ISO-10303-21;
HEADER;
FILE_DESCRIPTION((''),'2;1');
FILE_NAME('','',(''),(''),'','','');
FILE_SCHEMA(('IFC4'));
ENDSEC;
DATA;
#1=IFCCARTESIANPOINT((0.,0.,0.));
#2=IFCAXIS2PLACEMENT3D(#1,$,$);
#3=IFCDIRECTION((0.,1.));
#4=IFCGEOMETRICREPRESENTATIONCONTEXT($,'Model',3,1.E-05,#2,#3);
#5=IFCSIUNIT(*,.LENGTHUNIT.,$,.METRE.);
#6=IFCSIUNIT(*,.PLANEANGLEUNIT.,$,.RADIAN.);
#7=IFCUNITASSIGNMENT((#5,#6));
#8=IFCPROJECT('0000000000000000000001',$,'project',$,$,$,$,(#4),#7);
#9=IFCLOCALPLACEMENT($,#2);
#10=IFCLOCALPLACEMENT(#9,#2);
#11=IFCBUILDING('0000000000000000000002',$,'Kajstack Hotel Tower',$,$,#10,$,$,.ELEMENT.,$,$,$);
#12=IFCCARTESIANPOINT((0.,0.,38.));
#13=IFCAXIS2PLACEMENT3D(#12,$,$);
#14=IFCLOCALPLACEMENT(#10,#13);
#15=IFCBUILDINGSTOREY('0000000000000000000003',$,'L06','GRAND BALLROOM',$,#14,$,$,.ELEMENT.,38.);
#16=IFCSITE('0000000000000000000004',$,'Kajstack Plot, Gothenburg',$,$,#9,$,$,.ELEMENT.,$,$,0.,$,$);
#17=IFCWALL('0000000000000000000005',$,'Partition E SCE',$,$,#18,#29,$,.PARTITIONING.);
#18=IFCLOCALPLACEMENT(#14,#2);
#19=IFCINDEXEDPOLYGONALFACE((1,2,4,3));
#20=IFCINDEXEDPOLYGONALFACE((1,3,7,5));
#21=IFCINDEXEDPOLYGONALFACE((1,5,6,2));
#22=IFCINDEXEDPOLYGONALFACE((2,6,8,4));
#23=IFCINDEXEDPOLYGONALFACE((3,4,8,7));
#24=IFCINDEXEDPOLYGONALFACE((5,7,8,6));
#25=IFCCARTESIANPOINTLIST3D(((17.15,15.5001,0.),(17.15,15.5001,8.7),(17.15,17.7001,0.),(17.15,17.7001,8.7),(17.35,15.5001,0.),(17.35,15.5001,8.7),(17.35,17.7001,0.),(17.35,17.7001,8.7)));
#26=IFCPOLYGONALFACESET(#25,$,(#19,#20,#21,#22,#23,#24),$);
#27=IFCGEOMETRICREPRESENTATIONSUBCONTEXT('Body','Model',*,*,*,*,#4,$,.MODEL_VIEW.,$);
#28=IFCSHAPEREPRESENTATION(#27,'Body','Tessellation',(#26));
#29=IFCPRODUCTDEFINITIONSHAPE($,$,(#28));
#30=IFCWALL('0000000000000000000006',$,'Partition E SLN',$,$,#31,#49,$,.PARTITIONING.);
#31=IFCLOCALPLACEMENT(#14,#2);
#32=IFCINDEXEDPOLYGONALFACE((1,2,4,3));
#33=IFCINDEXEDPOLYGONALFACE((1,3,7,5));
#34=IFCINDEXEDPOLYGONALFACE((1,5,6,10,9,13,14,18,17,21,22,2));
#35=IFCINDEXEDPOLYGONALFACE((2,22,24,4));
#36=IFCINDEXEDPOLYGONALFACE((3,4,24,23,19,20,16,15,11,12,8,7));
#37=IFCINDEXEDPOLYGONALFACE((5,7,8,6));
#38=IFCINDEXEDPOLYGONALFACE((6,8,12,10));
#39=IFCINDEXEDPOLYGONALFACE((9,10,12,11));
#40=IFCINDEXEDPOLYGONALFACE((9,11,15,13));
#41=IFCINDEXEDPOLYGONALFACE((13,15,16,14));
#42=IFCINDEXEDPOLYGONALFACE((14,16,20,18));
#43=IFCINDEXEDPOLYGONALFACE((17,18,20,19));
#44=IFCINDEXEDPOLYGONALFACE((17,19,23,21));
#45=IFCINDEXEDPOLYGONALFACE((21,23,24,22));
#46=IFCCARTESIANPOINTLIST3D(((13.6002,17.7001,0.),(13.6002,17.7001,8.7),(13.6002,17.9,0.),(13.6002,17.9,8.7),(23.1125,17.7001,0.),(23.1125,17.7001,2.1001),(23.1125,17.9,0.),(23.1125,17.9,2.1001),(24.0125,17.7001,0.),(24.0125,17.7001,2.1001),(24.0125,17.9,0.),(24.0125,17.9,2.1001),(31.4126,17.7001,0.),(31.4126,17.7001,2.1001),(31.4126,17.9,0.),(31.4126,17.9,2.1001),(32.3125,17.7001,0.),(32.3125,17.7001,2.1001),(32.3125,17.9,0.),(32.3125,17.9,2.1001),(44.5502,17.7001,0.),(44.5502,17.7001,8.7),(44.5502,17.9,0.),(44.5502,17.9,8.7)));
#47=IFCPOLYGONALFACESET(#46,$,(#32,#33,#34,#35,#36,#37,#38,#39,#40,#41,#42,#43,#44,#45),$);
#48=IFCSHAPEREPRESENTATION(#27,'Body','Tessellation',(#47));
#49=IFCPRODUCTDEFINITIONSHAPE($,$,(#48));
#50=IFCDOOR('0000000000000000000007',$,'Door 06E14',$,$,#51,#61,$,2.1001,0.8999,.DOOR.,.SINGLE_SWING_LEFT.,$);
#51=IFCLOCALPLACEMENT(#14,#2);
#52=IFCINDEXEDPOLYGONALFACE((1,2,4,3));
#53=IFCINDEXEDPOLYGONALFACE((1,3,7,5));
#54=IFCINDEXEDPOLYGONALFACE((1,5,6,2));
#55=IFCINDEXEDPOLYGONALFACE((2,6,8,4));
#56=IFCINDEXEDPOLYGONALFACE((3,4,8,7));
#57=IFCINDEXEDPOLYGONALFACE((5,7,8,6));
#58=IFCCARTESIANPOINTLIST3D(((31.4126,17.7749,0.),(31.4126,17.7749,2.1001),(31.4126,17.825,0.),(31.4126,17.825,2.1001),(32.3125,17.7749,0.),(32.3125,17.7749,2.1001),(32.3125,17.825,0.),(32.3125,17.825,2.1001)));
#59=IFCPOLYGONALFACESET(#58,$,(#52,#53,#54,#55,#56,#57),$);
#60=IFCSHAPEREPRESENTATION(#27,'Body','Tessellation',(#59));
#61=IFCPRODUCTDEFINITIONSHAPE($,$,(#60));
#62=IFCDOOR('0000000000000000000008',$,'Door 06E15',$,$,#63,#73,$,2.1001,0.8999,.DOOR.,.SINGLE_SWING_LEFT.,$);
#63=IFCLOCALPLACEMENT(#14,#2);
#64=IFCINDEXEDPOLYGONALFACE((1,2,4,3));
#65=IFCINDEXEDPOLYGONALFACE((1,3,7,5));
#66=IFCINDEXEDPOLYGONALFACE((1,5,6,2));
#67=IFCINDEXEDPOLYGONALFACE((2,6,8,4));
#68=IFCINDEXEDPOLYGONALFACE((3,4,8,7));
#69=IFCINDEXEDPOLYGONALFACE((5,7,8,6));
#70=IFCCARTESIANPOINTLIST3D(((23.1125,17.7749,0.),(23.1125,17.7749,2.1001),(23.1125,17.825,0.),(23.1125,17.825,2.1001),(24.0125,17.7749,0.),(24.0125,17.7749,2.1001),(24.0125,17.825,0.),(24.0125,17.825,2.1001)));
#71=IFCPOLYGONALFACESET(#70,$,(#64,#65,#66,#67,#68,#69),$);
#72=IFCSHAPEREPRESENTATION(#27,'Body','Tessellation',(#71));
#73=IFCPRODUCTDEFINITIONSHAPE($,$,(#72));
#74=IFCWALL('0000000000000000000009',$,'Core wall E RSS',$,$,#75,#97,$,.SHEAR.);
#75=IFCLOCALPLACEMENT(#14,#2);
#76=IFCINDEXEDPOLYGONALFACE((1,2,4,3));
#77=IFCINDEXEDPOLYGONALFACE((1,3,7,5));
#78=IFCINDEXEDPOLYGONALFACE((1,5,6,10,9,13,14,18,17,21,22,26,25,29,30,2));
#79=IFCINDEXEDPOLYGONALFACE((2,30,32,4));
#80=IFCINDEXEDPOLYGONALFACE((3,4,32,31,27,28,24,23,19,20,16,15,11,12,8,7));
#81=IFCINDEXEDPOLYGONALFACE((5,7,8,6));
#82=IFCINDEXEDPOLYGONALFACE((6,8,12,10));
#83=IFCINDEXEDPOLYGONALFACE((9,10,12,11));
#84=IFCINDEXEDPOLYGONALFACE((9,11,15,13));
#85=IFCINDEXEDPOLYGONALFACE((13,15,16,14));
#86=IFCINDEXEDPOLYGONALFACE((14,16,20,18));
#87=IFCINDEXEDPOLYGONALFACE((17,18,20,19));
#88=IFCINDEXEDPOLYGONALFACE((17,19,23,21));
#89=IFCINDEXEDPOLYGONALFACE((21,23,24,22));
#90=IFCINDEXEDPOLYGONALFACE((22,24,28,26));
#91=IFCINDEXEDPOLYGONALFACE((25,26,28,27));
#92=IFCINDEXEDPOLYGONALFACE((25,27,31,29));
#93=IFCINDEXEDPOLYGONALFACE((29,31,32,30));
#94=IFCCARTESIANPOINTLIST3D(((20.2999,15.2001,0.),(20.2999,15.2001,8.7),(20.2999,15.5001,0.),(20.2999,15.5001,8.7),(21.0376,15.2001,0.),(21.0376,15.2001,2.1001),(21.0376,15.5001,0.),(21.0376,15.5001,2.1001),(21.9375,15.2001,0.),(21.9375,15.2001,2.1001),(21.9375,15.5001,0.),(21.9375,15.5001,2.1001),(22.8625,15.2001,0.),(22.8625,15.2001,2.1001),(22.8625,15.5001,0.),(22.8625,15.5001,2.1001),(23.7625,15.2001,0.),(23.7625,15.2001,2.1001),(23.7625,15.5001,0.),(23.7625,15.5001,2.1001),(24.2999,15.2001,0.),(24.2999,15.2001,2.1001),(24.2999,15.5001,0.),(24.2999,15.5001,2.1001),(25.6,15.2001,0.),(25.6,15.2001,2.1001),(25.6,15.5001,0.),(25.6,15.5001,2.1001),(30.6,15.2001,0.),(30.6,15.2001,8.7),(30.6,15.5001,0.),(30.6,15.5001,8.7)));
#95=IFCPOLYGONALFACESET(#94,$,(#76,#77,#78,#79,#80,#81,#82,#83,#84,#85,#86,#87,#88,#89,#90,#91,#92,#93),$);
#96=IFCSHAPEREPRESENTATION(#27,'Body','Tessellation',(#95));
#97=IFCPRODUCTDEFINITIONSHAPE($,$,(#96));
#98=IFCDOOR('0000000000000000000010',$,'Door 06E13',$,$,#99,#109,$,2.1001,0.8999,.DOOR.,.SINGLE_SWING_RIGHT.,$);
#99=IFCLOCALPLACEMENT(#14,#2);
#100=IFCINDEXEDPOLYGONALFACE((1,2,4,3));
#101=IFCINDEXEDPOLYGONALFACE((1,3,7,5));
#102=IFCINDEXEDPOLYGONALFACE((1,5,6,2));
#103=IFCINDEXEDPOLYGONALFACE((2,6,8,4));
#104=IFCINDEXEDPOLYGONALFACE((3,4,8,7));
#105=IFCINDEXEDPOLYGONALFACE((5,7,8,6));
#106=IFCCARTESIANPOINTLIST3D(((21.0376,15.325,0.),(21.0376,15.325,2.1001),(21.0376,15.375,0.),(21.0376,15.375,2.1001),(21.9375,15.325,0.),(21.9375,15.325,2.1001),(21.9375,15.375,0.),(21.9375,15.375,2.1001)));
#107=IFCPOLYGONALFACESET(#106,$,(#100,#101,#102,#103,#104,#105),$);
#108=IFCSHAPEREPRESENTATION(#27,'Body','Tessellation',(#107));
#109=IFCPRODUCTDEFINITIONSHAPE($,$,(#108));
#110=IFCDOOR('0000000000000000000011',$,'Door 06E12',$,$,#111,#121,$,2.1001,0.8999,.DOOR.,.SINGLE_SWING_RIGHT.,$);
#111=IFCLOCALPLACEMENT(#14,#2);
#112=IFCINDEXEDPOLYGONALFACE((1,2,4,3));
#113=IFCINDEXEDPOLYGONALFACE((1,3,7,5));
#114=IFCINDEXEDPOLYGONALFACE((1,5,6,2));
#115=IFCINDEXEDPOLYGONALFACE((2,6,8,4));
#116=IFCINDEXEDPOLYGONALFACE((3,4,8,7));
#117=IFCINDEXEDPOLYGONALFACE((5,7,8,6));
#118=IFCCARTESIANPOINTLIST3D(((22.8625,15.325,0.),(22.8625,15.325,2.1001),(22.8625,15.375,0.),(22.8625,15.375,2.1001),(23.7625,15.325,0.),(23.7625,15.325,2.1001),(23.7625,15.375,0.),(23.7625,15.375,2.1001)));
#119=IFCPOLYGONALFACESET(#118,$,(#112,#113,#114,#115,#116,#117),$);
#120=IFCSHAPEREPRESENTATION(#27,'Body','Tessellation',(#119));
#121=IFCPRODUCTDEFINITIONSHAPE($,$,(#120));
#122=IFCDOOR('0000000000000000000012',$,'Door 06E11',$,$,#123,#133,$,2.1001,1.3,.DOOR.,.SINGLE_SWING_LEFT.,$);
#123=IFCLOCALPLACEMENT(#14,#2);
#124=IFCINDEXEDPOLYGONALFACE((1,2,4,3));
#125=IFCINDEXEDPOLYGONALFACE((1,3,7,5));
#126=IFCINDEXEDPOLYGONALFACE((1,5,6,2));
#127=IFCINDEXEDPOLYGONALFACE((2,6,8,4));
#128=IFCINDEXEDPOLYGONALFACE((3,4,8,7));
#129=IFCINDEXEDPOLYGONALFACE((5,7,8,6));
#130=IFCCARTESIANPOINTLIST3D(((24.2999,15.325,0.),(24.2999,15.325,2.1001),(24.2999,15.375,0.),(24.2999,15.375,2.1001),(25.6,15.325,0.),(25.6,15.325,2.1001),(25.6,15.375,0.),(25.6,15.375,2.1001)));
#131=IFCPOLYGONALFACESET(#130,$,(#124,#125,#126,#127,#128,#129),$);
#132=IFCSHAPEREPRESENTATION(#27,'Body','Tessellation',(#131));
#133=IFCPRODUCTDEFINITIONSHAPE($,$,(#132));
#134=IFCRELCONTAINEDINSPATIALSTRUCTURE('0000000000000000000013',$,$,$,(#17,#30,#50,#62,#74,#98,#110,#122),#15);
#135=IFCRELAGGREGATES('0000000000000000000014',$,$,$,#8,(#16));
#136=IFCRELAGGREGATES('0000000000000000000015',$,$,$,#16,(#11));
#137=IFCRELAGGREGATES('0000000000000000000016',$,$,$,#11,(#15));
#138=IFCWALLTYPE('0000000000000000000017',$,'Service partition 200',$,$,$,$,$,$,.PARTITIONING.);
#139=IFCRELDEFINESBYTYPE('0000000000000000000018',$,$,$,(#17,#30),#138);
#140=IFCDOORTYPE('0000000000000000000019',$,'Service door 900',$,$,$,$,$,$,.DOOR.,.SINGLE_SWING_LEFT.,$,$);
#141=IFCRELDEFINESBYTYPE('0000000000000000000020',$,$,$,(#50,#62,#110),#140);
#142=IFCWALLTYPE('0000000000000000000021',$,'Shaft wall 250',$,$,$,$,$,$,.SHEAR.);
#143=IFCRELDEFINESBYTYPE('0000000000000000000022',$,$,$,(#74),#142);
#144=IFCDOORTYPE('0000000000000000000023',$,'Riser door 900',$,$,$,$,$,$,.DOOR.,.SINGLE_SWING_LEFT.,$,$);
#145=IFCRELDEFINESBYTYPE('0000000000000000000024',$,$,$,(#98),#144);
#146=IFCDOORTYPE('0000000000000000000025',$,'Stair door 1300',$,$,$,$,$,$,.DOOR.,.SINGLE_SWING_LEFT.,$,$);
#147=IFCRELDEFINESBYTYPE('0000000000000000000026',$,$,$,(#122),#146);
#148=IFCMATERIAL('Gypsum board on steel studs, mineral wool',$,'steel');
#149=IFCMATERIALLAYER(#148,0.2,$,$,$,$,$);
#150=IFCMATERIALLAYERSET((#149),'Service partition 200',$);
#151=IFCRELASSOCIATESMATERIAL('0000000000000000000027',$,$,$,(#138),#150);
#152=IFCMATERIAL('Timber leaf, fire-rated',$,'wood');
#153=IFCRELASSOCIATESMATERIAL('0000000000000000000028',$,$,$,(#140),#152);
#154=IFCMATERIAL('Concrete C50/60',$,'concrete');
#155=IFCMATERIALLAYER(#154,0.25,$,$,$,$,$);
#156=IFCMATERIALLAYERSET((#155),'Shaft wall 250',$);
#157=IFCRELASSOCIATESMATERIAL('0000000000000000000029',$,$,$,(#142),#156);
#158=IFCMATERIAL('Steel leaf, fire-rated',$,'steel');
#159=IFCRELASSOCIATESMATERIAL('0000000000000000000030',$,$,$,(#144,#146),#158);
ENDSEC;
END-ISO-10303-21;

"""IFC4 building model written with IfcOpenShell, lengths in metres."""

from ifc_helpers import new_model, si_unit, direction, frame, frame_2d, origin, place, context, subcontext, project, spatial, rectangle, extrude, material, layer, layer_set, type_object, element, fill, save


model = new_model("IFC4")

# Units and contexts
model_context = context("Model", 3, precision=1e-05, world=origin(), true_north=direction((0.0, 1.0)))
body_context = subcontext(model_context, "Body", "Model", "MODEL_VIEW")
ifc_project = project(units=[si_unit("LENGTHUNIT", "METRE"), si_unit("PLANEANGLEUNIT", "RADIAN")], contexts=[model_context])

# Site, building, storey
site_placement = place(None, origin())
site = spatial("IfcSite", under=ifc_project, at=site_placement, Name="Kajstack Plot, Gothenburg", CompositionType="ELEMENT", RefElevation=0.0)
building_placement = place(site_placement, origin())
building = spatial("IfcBuilding", under=site, at=building_placement, Name="Kajstack Hotel Tower", CompositionType="ELEMENT")
storey_placement = place(building_placement, frame((0.0, 0.0, 38.0)))
storey = spatial("IfcBuildingStorey", under=building, at=storey_placement, Name="L06", Description="GRAND BALLROOM", CompositionType="ELEMENT", Elevation=38.0)

# Wall
ifc_material_1 = material(Name="Gypsum board on steel studs, mineral wool", Category="steel")
ifc_layer_1 = layer(ifc_material_1, 0.2)
ifc_layer_set_1 = layer_set([ifc_layer_1], Name="Service partition 200")
wall_type_1 = type_object("IfcWallType", Name="Service partition 200", PredefinedType="PARTITIONING", material=ifc_layer_set_1)
wall_1_placement = place(storey_placement, frame((17.25, 15.5, 0.0), z_axis=(0.0, 0.0, 1.0), x_axis=(0.0, 1.0, 0.0)))
element("IfcWall", 1, at=wall_1_placement, inside=storey, type_object=wall_type_1, Name="Partition E SCE", PredefinedType="PARTITIONING", context=body_context, shape_type="SweptSolid", body=[
    extrude(rectangle(XDim=2.2, YDim=0.2, at=frame_2d((1.1001, 0.0))), origin(), (0.0, 0.0, 1.0), 8.7),
])

# Walls, openings, doors
wall_2_placement = place(storey_placement, frame((13.6001, 17.8, 0.0), z_axis=(0.0, 0.0, 1.0), x_axis=(1.0, 0.0, 0.0)))
wall_2 = element("IfcWall", 2, at=wall_2_placement, inside=storey, type_object=wall_type_1, Name="Partition E SLN", PredefinedType="PARTITIONING", context=body_context, shape_type="SweptSolid", body=[
    extrude(rectangle(XDim=30.95, YDim=0.2, at=frame_2d((15.4751, 0.0))), origin(), (0.0, 0.0, 1.0), 8.7),
])
opening_1_placement = place(wall_2_placement, frame((17.8125, 0.0, 0.0)))
opening_1 = element("IfcOpeningElement", 3, at=opening_1_placement, cuts=wall_2, PredefinedType="OPENING", context=body_context, shape_type="SweptSolid", body=[
    extrude(rectangle(XDim=0.8999, YDim=2.1001, at=frame_2d((0.45, 1.05))), frame((0.0, 0.1099, 0.0), z_axis=(0.0, -1.0, 0.0), x_axis=(1.0, 0.0, 0.0)), (0.0, 0.0, 1.0), 0.22),
])
opening_2_placement = place(wall_2_placement, frame((9.5125, 0.0, 0.0)))
opening_2 = element("IfcOpeningElement", 4, at=opening_2_placement, cuts=wall_2, PredefinedType="OPENING", context=body_context, shape_type="SweptSolid", body=[
    extrude(rectangle(XDim=0.8999, YDim=2.1001, at=frame_2d((0.45, 1.05))), frame((0.0, 0.1099, 0.0), z_axis=(0.0, -1.0, 0.0), x_axis=(1.0, 0.0, 0.0)), (0.0, 0.0, 1.0), 0.22),
])
ifc_material_2 = material(Name="Timber leaf, fire-rated", Category="wood")
door_type_1 = type_object("IfcDoorType", Name="Service door 900", OperationType="SINGLE_SWING_LEFT", PredefinedType="DOOR", material=ifc_material_2)
door_1_placement = place(opening_1_placement, origin())
door_1 = element("IfcDoor", 5, at=door_1_placement, inside=storey, type_object=door_type_1, Name="Door 06E14", OperationType="SINGLE_SWING_LEFT", OverallHeight=2.1001, OverallWidth=0.8999, PredefinedType="DOOR", context=body_context, shape_type="SweptSolid", body=[
    extrude(rectangle(XDim=0.8999, YDim=2.1001, at=frame_2d((0.45, 1.05))), frame((0.0, 0.0249, 0.0), z_axis=(0.0, -1.0, 0.0), x_axis=(1.0, 0.0, 0.0)), (0.0, 0.0, 1.0), 0.05),
])
fill(opening_1, door_1)
door_2_placement = place(opening_2_placement, origin())
door_2 = element("IfcDoor", 6, at=door_2_placement, inside=storey, type_object=door_type_1, Name="Door 06E15", OperationType="SINGLE_SWING_LEFT", OverallHeight=2.1001, OverallWidth=0.8999, PredefinedType="DOOR", context=body_context, shape_type="SweptSolid", body=[
    extrude(rectangle(XDim=0.8999, YDim=2.1001, at=frame_2d((0.45, 1.05))), frame((0.0, 0.0249, 0.0), z_axis=(0.0, -1.0, 0.0), x_axis=(1.0, 0.0, 0.0)), (0.0, 0.0, 1.0), 0.05),
])
fill(opening_2, door_2)
ifc_material_3 = material(Name="Concrete C50/60", Category="concrete")
ifc_layer_2 = layer(ifc_material_3, 0.25)
ifc_layer_set_2 = layer_set([ifc_layer_2], Name="Shaft wall 250")
wall_type_2 = type_object("IfcWallType", Name="Shaft wall 250", PredefinedType="SHEAR", material=ifc_layer_set_2)
wall_3_placement = place(storey_placement, frame((20.3, 15.3501, 0.0), z_axis=(0.0, 0.0, 1.0), x_axis=(1.0, 0.0, 0.0)))
wall_3 = element("IfcWall", 7, at=wall_3_placement, inside=storey, type_object=wall_type_2, Name="Core wall E RSS", PredefinedType="SHEAR", context=body_context, shape_type="SweptSolid", body=[
    extrude(rectangle(XDim=10.3, YDim=0.3, at=frame_2d((5.1499, 0.0))), origin(), (0.0, 0.0, 1.0), 8.7),
])
opening_3_placement = place(wall_3_placement, frame((4.0, 0.0, 0.0)))
opening_3 = element("IfcOpeningElement", 8, at=opening_3_placement, cuts=wall_3, PredefinedType="OPENING", context=body_context, shape_type="SweptSolid", body=[
    extrude(rectangle(XDim=1.3, YDim=2.1001, at=frame_2d((0.6499, 1.05))), frame((0.0, 0.1599, 0.0), z_axis=(0.0, -1.0, 0.0), x_axis=(1.0, 0.0, 0.0)), (0.0, 0.0, 1.0), 0.3201),
])
opening_4_placement = place(wall_3_placement, frame((2.5625, 0.0, 0.0)))
opening_4 = element("IfcOpeningElement", 9, at=opening_4_placement, cuts=wall_3, PredefinedType="OPENING", context=body_context, shape_type="SweptSolid", body=[
    extrude(rectangle(XDim=0.8999, YDim=2.1001, at=frame_2d((0.45, 1.05))), frame((0.0, 0.1599, 0.0), z_axis=(0.0, -1.0, 0.0), x_axis=(1.0, 0.0, 0.0)), (0.0, 0.0, 1.0), 0.3201),
])
opening_5_placement = place(wall_3_placement, frame((0.7375, 0.0, 0.0)))
opening_5 = element("IfcOpeningElement", 10, at=opening_5_placement, cuts=wall_3, PredefinedType="OPENING", context=body_context, shape_type="SweptSolid", body=[
    extrude(rectangle(XDim=0.8999, YDim=2.1001, at=frame_2d((0.45, 1.05))), frame((0.0, 0.1599, 0.0), z_axis=(0.0, -1.0, 0.0), x_axis=(1.0, 0.0, 0.0)), (0.0, 0.0, 1.0), 0.3201),
])
ifc_material_4 = material(Name="Steel leaf, fire-rated", Category="steel")
door_type_2 = type_object("IfcDoorType", Name="Riser door 900", OperationType="SINGLE_SWING_LEFT", PredefinedType="DOOR", material=ifc_material_4)
door_3_placement = place(opening_5_placement, origin())
door_3 = element("IfcDoor", 11, at=door_3_placement, inside=storey, type_object=door_type_2, Name="Door 06E13", OperationType="SINGLE_SWING_RIGHT", OverallHeight=2.1001, OverallWidth=0.8999, PredefinedType="DOOR", context=body_context, shape_type="SweptSolid", body=[
    extrude(rectangle(XDim=0.8999, YDim=2.1001, at=frame_2d((0.45, 1.05))), frame((0.0, 0.0249, 0.0), z_axis=(0.0, -1.0, 0.0), x_axis=(1.0, 0.0, 0.0)), (0.0, 0.0, 1.0), 0.05),
])
fill(opening_5, door_3)
door_4_placement = place(opening_4_placement, origin())
door_4 = element("IfcDoor", 12, at=door_4_placement, inside=storey, type_object=door_type_1, Name="Door 06E12", OperationType="SINGLE_SWING_RIGHT", OverallHeight=2.1001, OverallWidth=0.8999, PredefinedType="DOOR", context=body_context, shape_type="SweptSolid", body=[
    extrude(rectangle(XDim=0.8999, YDim=2.1001, at=frame_2d((0.45, 1.05))), frame((0.0, 0.0249, 0.0), z_axis=(0.0, -1.0, 0.0), x_axis=(1.0, 0.0, 0.0)), (0.0, 0.0, 1.0), 0.05),
])
fill(opening_4, door_4)
door_type_3 = type_object("IfcDoorType", Name="Stair door 1300", OperationType="SINGLE_SWING_LEFT", PredefinedType="DOOR", material=ifc_material_4)
door_5_placement = place(opening_3_placement, origin())
door_5 = element("IfcDoor", 13, at=door_5_placement, inside=storey, type_object=door_type_3, Name="Door 06E11", OperationType="SINGLE_SWING_LEFT", OverallHeight=2.1001, OverallWidth=1.3, PredefinedType="DOOR", context=body_context, shape_type="SweptSolid", body=[
    extrude(rectangle(XDim=1.3, YDim=2.1001, at=frame_2d((0.6499, 1.05))), frame((0.0, 0.0249, 0.0), z_axis=(0.0, -1.0, 0.0), x_axis=(1.0, 0.0, 0.0)), (0.0, 0.0, 1.0), 0.05),
])
fill(opening_3, door_5)

save(model, "model.ifc")
